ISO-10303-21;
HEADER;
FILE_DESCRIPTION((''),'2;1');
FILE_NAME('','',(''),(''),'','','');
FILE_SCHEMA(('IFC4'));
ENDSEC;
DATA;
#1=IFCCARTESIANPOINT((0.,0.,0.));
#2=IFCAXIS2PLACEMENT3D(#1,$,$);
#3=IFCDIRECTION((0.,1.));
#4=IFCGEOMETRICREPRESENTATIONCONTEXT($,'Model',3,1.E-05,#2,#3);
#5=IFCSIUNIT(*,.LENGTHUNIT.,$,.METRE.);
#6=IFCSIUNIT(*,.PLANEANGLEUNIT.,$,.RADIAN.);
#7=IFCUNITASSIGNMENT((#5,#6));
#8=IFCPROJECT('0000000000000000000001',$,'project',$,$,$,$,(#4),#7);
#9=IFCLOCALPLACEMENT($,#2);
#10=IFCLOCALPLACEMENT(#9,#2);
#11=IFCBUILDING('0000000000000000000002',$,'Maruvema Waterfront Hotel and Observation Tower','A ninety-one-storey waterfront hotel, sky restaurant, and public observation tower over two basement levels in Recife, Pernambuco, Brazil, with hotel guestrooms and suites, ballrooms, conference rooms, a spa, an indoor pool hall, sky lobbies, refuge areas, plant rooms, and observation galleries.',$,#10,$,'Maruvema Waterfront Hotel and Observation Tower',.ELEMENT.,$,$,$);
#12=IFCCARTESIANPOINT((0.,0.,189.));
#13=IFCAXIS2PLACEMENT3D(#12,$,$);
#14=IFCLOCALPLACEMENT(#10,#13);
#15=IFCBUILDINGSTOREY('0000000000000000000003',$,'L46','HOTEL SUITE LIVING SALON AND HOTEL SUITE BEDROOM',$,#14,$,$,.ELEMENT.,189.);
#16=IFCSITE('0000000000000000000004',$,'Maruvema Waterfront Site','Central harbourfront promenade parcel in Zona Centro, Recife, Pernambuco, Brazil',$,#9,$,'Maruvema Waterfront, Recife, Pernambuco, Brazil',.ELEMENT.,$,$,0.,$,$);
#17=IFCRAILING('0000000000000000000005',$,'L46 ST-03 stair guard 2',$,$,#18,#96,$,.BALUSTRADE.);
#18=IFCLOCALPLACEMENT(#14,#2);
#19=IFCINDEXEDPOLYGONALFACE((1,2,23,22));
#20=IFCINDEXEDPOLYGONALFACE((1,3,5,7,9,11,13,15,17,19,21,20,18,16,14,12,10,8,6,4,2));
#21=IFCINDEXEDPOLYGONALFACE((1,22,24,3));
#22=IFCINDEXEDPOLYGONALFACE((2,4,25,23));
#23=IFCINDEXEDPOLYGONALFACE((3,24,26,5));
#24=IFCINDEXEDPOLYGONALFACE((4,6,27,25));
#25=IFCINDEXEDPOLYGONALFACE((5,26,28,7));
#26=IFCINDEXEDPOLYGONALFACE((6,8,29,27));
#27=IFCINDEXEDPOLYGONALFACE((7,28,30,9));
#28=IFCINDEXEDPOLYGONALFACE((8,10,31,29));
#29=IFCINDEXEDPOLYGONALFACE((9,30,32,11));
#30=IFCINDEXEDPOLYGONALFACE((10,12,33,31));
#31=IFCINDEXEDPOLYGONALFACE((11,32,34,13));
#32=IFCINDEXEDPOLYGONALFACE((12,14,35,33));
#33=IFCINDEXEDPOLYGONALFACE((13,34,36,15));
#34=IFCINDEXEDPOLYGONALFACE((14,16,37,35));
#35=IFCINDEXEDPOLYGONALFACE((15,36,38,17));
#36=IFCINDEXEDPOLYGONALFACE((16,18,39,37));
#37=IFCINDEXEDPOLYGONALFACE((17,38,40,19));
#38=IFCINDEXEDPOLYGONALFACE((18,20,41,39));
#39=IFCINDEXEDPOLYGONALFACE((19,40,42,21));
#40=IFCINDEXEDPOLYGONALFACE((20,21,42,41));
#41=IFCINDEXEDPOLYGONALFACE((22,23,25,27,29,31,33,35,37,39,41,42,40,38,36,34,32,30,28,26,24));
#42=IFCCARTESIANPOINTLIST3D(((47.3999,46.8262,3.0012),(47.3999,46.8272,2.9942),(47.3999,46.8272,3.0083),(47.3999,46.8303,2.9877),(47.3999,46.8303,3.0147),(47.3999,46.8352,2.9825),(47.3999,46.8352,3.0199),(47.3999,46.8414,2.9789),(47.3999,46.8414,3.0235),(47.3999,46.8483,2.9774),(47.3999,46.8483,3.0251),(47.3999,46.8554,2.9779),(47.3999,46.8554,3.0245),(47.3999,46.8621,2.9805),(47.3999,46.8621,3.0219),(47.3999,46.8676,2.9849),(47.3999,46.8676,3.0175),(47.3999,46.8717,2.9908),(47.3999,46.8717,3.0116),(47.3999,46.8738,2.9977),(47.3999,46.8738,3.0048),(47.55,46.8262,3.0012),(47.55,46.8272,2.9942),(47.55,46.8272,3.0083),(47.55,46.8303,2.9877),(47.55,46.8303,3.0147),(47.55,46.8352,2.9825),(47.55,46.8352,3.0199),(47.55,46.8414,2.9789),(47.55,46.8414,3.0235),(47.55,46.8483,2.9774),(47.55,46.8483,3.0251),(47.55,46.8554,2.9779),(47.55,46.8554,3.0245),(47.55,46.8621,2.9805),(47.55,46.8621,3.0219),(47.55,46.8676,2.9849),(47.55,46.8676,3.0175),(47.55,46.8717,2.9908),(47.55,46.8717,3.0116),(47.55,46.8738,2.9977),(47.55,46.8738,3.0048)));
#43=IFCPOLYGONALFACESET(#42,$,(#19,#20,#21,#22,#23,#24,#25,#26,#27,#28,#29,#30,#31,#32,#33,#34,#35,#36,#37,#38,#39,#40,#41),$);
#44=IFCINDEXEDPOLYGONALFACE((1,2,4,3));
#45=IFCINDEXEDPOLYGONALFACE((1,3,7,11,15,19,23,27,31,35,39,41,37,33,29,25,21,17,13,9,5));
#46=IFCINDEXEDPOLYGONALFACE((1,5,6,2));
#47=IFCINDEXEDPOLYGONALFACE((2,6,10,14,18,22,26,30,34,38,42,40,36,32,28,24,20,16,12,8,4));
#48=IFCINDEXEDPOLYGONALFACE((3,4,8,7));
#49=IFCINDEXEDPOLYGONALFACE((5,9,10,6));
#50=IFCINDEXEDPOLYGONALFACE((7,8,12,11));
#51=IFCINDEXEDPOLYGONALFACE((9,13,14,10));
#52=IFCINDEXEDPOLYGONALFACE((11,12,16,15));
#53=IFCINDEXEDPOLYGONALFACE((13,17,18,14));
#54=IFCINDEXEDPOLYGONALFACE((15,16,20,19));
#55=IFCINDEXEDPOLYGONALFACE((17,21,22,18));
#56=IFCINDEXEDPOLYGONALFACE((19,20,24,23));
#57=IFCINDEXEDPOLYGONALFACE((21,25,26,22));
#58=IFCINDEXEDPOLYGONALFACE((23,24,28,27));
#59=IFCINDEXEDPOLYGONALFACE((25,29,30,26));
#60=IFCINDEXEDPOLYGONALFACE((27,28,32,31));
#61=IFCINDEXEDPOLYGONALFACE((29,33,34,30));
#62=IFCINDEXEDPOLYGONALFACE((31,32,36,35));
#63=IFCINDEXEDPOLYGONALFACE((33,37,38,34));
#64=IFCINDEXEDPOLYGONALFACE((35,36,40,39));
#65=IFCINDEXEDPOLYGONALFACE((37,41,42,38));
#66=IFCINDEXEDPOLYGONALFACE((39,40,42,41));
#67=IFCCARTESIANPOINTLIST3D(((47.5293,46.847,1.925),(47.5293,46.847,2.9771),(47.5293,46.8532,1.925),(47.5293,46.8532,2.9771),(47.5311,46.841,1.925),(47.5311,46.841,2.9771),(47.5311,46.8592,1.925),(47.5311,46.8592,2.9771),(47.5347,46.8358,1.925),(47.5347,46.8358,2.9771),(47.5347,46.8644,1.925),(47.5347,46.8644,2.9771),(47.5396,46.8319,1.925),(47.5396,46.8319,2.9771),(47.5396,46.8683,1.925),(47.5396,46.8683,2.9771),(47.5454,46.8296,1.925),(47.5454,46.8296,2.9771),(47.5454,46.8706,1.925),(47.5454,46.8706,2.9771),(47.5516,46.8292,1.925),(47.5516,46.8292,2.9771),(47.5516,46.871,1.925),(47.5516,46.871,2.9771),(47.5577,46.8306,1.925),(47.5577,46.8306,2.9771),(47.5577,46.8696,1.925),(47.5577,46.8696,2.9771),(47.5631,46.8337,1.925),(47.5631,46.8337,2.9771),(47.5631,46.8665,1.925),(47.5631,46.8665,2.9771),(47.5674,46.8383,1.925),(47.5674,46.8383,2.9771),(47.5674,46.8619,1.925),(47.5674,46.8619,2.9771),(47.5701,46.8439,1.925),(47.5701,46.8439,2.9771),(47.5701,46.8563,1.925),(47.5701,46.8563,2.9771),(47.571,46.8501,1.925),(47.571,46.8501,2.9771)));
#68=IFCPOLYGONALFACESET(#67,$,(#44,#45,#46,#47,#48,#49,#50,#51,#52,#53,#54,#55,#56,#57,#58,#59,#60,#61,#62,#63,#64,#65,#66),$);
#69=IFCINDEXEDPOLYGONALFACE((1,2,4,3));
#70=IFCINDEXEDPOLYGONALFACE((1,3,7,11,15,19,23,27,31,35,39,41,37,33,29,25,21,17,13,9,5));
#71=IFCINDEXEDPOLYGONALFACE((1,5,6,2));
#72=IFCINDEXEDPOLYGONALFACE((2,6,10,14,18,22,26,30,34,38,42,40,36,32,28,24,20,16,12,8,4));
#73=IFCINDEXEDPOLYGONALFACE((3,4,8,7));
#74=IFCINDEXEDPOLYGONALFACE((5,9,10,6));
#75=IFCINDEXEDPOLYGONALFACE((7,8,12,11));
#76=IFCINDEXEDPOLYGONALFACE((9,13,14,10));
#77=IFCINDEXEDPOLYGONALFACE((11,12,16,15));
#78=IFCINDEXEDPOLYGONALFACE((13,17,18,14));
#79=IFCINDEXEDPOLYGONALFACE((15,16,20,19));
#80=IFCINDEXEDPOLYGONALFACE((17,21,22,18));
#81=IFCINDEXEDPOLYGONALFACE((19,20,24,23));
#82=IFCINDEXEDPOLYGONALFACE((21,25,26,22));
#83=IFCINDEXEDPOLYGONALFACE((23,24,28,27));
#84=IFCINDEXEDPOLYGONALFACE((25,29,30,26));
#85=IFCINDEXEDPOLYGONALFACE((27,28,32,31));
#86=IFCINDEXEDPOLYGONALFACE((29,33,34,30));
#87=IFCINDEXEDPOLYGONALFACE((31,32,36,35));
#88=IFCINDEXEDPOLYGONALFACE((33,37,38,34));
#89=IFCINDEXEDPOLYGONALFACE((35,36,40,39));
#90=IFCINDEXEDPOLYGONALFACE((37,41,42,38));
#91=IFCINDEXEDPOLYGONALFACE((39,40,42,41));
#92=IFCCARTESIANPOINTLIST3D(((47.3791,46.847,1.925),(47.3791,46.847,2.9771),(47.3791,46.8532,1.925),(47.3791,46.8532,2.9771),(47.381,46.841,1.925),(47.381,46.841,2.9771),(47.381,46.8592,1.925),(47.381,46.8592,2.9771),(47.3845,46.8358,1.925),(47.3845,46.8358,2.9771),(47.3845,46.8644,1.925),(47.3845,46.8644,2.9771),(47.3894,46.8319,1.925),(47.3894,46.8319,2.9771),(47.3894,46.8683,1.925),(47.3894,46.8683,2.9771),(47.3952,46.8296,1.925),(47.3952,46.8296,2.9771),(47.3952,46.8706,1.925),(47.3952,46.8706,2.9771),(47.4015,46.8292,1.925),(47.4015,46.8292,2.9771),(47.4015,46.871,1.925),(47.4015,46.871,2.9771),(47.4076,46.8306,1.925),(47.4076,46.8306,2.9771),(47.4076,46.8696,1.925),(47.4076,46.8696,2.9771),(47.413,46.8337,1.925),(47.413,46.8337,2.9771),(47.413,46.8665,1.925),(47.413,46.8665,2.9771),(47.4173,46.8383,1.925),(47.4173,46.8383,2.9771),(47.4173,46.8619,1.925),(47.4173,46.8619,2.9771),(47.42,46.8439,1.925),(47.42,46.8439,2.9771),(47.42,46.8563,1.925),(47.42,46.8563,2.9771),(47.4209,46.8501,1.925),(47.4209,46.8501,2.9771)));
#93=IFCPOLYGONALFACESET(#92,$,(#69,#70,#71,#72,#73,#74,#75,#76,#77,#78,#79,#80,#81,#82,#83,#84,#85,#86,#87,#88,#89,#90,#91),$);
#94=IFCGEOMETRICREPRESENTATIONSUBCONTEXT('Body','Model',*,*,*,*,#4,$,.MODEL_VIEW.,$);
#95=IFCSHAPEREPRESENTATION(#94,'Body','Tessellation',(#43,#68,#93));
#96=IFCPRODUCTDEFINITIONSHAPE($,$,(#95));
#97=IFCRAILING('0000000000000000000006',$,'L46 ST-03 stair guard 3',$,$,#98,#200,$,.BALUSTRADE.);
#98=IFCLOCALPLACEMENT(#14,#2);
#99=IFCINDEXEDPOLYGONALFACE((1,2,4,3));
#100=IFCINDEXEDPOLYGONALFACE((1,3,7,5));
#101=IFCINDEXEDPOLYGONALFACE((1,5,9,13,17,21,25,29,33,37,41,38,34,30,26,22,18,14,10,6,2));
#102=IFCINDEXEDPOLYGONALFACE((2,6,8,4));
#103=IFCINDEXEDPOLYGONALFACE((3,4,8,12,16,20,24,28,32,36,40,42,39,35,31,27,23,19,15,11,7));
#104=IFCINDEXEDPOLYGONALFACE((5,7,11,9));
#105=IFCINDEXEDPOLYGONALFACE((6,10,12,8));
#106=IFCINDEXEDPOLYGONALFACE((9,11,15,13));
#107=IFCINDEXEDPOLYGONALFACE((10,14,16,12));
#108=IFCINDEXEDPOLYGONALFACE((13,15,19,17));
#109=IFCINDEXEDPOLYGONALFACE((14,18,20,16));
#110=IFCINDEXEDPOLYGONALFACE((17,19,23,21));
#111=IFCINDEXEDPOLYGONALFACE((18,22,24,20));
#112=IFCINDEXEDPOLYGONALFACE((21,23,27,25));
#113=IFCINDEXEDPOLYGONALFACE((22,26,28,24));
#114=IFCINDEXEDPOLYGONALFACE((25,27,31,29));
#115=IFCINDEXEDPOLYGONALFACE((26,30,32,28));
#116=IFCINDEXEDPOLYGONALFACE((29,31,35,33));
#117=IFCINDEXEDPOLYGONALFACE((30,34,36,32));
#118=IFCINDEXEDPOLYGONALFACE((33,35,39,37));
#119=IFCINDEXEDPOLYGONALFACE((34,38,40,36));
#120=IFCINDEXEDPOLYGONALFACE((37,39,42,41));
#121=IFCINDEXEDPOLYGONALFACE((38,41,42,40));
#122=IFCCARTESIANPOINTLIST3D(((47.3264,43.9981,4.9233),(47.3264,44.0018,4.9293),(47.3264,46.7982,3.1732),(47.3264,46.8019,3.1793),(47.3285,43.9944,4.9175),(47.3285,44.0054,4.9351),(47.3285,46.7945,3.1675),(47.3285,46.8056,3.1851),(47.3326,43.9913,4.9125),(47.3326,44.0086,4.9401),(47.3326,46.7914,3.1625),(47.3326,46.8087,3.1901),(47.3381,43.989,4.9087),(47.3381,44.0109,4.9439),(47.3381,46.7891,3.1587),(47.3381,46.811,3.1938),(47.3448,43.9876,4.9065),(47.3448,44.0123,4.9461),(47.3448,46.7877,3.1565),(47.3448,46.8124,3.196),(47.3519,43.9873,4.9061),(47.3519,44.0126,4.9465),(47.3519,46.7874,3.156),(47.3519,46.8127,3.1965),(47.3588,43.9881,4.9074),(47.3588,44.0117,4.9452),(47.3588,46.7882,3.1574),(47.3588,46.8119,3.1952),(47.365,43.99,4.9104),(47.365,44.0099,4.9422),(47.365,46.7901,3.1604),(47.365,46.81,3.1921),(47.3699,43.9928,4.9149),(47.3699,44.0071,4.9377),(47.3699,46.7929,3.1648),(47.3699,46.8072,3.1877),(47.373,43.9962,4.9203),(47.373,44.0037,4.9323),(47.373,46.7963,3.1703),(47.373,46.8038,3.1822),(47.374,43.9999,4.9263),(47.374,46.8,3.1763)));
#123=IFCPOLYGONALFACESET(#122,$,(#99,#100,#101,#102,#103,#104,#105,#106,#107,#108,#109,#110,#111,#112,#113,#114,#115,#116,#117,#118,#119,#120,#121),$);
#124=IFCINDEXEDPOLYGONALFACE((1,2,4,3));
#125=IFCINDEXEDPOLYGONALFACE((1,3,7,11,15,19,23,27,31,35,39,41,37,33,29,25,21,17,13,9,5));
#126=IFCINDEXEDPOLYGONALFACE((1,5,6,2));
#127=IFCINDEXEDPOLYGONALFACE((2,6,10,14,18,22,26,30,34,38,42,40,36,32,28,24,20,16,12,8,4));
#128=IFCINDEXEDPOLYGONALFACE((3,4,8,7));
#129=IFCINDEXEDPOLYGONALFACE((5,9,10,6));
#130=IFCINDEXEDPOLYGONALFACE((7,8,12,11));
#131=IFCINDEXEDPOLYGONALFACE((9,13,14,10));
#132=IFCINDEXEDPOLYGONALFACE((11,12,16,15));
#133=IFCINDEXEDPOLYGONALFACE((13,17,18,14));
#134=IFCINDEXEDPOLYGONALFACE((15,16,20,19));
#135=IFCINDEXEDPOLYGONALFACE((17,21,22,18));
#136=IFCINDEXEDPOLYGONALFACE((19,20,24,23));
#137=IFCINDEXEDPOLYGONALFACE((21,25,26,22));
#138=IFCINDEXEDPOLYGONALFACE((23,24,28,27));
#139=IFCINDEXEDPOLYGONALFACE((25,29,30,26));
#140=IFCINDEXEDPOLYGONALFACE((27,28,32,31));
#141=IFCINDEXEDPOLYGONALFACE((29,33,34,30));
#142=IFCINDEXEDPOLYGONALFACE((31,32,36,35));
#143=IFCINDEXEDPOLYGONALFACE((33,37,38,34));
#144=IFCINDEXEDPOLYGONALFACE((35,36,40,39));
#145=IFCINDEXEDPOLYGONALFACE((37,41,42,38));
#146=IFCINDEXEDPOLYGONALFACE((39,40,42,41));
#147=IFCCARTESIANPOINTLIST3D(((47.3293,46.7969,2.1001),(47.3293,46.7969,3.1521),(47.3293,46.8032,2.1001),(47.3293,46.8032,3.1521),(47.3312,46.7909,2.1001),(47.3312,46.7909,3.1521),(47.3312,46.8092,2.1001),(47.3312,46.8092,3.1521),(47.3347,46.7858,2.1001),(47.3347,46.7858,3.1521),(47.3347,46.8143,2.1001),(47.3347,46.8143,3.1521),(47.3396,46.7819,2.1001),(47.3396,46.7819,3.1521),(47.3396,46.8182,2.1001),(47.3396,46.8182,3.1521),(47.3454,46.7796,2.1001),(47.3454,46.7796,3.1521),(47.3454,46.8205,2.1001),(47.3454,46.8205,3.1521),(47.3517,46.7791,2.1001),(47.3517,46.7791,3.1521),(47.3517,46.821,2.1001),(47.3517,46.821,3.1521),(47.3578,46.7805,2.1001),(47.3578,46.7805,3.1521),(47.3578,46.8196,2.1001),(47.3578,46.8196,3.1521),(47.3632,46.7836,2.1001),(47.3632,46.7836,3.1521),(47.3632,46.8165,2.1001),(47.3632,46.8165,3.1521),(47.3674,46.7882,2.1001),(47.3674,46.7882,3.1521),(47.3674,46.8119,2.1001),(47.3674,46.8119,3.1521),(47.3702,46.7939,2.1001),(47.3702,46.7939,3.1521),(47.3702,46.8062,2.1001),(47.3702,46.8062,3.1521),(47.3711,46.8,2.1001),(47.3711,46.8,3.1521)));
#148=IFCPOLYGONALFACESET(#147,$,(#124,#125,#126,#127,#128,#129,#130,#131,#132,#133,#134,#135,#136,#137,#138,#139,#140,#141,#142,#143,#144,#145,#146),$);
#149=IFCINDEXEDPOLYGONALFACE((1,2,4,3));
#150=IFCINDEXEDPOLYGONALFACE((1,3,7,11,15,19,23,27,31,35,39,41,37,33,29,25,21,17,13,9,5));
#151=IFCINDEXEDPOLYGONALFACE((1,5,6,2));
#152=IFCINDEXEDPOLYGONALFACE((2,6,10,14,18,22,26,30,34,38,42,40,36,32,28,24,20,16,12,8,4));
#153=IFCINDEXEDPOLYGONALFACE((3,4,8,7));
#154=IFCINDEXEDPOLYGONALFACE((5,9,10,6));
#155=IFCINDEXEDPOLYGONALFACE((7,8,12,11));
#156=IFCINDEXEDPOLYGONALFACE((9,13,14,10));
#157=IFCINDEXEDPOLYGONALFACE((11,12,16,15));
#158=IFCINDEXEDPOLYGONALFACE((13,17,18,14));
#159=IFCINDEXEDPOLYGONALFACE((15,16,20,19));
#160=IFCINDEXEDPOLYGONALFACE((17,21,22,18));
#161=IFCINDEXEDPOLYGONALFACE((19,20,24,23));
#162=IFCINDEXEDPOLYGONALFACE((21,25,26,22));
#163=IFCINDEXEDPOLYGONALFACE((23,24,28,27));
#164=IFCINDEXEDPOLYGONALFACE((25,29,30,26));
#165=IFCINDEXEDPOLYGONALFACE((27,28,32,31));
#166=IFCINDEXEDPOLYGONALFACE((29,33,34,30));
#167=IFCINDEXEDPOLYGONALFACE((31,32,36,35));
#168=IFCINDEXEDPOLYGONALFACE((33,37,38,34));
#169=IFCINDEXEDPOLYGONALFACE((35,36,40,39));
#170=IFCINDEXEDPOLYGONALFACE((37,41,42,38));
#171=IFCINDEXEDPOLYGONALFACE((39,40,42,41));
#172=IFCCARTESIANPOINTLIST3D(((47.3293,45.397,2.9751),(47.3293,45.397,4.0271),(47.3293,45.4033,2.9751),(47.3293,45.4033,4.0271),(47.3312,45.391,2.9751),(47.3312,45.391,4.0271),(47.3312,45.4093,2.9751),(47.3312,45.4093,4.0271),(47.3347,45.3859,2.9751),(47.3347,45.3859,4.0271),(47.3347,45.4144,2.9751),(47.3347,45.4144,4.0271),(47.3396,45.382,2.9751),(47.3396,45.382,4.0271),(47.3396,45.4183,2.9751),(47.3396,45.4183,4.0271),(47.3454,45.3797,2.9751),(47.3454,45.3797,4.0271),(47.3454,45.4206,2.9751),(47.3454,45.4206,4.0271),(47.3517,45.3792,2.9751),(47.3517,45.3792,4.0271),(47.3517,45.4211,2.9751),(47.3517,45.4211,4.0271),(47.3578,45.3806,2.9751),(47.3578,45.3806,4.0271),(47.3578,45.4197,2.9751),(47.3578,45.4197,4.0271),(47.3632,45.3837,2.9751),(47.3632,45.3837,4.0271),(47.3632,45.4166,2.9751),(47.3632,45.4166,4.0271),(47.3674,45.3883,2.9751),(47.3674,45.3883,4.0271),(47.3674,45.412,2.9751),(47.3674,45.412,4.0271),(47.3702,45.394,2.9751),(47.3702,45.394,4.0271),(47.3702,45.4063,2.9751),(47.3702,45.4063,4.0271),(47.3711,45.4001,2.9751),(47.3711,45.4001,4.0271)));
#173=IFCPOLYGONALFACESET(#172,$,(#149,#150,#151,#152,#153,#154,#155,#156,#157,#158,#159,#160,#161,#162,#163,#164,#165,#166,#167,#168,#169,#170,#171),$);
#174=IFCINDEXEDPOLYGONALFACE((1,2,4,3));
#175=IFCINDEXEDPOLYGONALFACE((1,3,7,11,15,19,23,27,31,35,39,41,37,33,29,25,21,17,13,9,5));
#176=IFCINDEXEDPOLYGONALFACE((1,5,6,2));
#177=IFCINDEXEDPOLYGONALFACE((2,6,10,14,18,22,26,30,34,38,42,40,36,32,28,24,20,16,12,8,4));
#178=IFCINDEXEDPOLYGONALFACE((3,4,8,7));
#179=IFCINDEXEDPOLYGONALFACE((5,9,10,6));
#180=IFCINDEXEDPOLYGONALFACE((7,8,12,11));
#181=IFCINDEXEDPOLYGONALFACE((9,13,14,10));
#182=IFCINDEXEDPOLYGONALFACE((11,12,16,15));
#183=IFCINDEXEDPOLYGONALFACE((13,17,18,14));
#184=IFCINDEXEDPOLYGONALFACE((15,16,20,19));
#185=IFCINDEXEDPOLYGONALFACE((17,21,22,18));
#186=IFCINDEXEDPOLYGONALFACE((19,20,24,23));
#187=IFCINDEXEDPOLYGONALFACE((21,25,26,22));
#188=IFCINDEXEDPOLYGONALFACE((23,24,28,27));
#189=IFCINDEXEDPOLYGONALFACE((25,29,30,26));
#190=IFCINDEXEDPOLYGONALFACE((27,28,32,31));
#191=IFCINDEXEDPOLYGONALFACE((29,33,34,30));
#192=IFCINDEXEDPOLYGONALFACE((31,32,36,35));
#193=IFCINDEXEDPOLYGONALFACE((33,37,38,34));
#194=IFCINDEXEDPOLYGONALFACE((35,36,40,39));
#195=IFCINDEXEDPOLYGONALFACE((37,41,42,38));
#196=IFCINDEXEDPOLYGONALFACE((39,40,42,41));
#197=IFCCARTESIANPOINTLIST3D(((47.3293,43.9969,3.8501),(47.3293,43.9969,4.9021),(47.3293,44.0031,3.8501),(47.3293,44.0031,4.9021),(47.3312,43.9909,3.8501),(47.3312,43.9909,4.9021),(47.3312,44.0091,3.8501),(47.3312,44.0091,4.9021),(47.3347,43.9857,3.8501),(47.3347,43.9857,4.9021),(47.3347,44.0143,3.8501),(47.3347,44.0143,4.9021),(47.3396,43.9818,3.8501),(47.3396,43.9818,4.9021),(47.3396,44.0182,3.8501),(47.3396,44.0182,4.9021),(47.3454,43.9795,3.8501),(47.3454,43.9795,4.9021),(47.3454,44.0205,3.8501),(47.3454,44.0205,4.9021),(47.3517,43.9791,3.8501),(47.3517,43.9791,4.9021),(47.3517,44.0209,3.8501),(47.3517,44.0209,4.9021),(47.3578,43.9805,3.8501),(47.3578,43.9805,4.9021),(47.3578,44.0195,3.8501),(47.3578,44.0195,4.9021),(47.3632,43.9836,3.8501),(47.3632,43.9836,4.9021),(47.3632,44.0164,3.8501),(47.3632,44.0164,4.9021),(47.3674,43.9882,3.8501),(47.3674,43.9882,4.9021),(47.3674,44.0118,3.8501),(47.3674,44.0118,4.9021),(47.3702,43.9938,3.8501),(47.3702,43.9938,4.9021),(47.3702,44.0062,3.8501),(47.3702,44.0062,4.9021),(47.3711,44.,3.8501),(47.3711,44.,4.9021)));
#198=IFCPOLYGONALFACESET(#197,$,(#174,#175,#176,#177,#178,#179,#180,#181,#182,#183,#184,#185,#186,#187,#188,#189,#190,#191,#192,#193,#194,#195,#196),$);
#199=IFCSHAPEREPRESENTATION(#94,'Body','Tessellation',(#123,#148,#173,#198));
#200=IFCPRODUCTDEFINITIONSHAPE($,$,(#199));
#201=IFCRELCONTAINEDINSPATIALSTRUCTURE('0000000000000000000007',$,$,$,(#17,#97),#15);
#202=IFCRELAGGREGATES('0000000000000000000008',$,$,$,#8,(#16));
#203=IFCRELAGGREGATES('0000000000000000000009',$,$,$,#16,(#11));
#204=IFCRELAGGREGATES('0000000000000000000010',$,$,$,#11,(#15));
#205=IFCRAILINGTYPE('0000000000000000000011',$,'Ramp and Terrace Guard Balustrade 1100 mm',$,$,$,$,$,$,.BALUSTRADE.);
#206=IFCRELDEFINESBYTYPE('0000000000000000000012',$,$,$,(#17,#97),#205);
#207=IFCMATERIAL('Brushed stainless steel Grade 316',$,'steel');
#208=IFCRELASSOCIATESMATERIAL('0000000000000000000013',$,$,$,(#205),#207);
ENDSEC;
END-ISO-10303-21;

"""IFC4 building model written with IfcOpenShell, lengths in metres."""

from ifc_helpers import new_model, si_unit, direction, frame, origin, origin_2d, place, context, subcontext, project, spatial, circle, extrude, material, type_object, element, save


model = new_model("IFC4")

# Units and contexts
model_context = context("Model", 3, precision=1e-05, world=origin(), true_north=direction((0.0, 1.0)))
body_context = subcontext(model_context, "Body", "Model", "MODEL_VIEW")
ifc_project = project(units=[si_unit("LENGTHUNIT", "METRE"), si_unit("PLANEANGLEUNIT", "RADIAN")], contexts=[model_context])

# Site, building, storey
site_placement = place(None, origin())
site = spatial("IfcSite", under=ifc_project, at=site_placement, Name="Maruvema Waterfront Site", Description="Central harbourfront promenade parcel in Zona Centro, Recife, Pernambuco, Brazil", LongName="Maruvema Waterfront, Recife, Pernambuco, Brazil", CompositionType="ELEMENT", RefElevation=0.0)
building_placement = place(site_placement, origin())
building = spatial("IfcBuilding", under=site, at=building_placement, Name="Maruvema Waterfront Hotel and Observation Tower", Description="A ninety-one-storey waterfront hotel, sky restaurant, and public observation tower over two basement levels in Recife, Pernambuco, Brazil, with hotel guestrooms and suites, ballrooms, conference rooms, a spa, an indoor pool hall, sky lobbies, refuge areas, plant rooms, and observation galleries.", LongName="Maruvema Waterfront Hotel and Observation Tower", CompositionType="ELEMENT")
storey_placement = place(building_placement, frame((0.0, 0.0, 189.0)))
storey = spatial("IfcBuildingStorey", under=building, at=storey_placement, Name="L46", Description="HOTEL SUITE LIVING SALON AND HOTEL SUITE BEDROOM", CompositionType="ELEMENT", Elevation=189.0)

# Railings
ifc_material_1 = material(Name="Brushed stainless steel Grade 316", Category="steel")
railing_type_1 = type_object("IfcRailingType", Name="Ramp and Terrace Guard Balustrade 1100 mm", PredefinedType="BALUSTRADE", material=ifc_material_1)
railing_1_placement = place(storey_placement, frame((47.55, 46.8501, 1.925)))
element("IfcRailing", 1, at=railing_1_placement, inside=storey, type_object=railing_type_1, Name="L46 ST-03 stair guard 2", PredefinedType="BALUSTRADE", context=body_context, shape_type="SweptSolid", body=[
    extrude(circle(Radius=0.0239, at=origin_2d()), frame((0.0, 0.0, 1.0762), z_axis=(-1.0, 0.0, 0.0), x_axis=(0.0, -1.0, 0.0)), (0.0, 0.0, 1.0), 0.1501),
    extrude(circle(Radius=0.021, at=origin_2d()), origin(), (0.0, 0.0, 1.0), 1.052),
    extrude(circle(Radius=0.021, at=origin_2d()), frame((-0.1501, 0.0, 0.0)), (0.0, 0.0, 1.0), 1.052),
])
railing_2_placement = place(storey_placement, frame((47.3501, 46.8, 2.1001)))
element("IfcRailing", 2, at=railing_2_placement, inside=storey, type_object=railing_type_1, Name="L46 ST-03 stair guard 3", PredefinedType="BALUSTRADE", context=body_context, shape_type="SweptSolid", body=[
    extrude(circle(Radius=0.0239, at=origin_2d()), frame((0.0, 0.0, 1.0762), z_axis=(0.0, -0.848002, 0.529992), x_axis=(1.0, 0.0, 0.0)), (0.0, 0.0, 1.0), 3.302),
    extrude(circle(Radius=0.021, at=origin_2d()), origin(), (0.0, 0.0, 1.0), 1.052),
    extrude(circle(Radius=0.021, at=origin_2d()), frame((0.0, -1.3999, 0.875)), (0.0, 0.0, 1.0), 1.052),
    extrude(circle(Radius=0.021, at=origin_2d()), frame((0.0, -2.8, 1.75)), (0.0, 0.0, 1.0), 1.052),
])

save(model, "model.ifc")
